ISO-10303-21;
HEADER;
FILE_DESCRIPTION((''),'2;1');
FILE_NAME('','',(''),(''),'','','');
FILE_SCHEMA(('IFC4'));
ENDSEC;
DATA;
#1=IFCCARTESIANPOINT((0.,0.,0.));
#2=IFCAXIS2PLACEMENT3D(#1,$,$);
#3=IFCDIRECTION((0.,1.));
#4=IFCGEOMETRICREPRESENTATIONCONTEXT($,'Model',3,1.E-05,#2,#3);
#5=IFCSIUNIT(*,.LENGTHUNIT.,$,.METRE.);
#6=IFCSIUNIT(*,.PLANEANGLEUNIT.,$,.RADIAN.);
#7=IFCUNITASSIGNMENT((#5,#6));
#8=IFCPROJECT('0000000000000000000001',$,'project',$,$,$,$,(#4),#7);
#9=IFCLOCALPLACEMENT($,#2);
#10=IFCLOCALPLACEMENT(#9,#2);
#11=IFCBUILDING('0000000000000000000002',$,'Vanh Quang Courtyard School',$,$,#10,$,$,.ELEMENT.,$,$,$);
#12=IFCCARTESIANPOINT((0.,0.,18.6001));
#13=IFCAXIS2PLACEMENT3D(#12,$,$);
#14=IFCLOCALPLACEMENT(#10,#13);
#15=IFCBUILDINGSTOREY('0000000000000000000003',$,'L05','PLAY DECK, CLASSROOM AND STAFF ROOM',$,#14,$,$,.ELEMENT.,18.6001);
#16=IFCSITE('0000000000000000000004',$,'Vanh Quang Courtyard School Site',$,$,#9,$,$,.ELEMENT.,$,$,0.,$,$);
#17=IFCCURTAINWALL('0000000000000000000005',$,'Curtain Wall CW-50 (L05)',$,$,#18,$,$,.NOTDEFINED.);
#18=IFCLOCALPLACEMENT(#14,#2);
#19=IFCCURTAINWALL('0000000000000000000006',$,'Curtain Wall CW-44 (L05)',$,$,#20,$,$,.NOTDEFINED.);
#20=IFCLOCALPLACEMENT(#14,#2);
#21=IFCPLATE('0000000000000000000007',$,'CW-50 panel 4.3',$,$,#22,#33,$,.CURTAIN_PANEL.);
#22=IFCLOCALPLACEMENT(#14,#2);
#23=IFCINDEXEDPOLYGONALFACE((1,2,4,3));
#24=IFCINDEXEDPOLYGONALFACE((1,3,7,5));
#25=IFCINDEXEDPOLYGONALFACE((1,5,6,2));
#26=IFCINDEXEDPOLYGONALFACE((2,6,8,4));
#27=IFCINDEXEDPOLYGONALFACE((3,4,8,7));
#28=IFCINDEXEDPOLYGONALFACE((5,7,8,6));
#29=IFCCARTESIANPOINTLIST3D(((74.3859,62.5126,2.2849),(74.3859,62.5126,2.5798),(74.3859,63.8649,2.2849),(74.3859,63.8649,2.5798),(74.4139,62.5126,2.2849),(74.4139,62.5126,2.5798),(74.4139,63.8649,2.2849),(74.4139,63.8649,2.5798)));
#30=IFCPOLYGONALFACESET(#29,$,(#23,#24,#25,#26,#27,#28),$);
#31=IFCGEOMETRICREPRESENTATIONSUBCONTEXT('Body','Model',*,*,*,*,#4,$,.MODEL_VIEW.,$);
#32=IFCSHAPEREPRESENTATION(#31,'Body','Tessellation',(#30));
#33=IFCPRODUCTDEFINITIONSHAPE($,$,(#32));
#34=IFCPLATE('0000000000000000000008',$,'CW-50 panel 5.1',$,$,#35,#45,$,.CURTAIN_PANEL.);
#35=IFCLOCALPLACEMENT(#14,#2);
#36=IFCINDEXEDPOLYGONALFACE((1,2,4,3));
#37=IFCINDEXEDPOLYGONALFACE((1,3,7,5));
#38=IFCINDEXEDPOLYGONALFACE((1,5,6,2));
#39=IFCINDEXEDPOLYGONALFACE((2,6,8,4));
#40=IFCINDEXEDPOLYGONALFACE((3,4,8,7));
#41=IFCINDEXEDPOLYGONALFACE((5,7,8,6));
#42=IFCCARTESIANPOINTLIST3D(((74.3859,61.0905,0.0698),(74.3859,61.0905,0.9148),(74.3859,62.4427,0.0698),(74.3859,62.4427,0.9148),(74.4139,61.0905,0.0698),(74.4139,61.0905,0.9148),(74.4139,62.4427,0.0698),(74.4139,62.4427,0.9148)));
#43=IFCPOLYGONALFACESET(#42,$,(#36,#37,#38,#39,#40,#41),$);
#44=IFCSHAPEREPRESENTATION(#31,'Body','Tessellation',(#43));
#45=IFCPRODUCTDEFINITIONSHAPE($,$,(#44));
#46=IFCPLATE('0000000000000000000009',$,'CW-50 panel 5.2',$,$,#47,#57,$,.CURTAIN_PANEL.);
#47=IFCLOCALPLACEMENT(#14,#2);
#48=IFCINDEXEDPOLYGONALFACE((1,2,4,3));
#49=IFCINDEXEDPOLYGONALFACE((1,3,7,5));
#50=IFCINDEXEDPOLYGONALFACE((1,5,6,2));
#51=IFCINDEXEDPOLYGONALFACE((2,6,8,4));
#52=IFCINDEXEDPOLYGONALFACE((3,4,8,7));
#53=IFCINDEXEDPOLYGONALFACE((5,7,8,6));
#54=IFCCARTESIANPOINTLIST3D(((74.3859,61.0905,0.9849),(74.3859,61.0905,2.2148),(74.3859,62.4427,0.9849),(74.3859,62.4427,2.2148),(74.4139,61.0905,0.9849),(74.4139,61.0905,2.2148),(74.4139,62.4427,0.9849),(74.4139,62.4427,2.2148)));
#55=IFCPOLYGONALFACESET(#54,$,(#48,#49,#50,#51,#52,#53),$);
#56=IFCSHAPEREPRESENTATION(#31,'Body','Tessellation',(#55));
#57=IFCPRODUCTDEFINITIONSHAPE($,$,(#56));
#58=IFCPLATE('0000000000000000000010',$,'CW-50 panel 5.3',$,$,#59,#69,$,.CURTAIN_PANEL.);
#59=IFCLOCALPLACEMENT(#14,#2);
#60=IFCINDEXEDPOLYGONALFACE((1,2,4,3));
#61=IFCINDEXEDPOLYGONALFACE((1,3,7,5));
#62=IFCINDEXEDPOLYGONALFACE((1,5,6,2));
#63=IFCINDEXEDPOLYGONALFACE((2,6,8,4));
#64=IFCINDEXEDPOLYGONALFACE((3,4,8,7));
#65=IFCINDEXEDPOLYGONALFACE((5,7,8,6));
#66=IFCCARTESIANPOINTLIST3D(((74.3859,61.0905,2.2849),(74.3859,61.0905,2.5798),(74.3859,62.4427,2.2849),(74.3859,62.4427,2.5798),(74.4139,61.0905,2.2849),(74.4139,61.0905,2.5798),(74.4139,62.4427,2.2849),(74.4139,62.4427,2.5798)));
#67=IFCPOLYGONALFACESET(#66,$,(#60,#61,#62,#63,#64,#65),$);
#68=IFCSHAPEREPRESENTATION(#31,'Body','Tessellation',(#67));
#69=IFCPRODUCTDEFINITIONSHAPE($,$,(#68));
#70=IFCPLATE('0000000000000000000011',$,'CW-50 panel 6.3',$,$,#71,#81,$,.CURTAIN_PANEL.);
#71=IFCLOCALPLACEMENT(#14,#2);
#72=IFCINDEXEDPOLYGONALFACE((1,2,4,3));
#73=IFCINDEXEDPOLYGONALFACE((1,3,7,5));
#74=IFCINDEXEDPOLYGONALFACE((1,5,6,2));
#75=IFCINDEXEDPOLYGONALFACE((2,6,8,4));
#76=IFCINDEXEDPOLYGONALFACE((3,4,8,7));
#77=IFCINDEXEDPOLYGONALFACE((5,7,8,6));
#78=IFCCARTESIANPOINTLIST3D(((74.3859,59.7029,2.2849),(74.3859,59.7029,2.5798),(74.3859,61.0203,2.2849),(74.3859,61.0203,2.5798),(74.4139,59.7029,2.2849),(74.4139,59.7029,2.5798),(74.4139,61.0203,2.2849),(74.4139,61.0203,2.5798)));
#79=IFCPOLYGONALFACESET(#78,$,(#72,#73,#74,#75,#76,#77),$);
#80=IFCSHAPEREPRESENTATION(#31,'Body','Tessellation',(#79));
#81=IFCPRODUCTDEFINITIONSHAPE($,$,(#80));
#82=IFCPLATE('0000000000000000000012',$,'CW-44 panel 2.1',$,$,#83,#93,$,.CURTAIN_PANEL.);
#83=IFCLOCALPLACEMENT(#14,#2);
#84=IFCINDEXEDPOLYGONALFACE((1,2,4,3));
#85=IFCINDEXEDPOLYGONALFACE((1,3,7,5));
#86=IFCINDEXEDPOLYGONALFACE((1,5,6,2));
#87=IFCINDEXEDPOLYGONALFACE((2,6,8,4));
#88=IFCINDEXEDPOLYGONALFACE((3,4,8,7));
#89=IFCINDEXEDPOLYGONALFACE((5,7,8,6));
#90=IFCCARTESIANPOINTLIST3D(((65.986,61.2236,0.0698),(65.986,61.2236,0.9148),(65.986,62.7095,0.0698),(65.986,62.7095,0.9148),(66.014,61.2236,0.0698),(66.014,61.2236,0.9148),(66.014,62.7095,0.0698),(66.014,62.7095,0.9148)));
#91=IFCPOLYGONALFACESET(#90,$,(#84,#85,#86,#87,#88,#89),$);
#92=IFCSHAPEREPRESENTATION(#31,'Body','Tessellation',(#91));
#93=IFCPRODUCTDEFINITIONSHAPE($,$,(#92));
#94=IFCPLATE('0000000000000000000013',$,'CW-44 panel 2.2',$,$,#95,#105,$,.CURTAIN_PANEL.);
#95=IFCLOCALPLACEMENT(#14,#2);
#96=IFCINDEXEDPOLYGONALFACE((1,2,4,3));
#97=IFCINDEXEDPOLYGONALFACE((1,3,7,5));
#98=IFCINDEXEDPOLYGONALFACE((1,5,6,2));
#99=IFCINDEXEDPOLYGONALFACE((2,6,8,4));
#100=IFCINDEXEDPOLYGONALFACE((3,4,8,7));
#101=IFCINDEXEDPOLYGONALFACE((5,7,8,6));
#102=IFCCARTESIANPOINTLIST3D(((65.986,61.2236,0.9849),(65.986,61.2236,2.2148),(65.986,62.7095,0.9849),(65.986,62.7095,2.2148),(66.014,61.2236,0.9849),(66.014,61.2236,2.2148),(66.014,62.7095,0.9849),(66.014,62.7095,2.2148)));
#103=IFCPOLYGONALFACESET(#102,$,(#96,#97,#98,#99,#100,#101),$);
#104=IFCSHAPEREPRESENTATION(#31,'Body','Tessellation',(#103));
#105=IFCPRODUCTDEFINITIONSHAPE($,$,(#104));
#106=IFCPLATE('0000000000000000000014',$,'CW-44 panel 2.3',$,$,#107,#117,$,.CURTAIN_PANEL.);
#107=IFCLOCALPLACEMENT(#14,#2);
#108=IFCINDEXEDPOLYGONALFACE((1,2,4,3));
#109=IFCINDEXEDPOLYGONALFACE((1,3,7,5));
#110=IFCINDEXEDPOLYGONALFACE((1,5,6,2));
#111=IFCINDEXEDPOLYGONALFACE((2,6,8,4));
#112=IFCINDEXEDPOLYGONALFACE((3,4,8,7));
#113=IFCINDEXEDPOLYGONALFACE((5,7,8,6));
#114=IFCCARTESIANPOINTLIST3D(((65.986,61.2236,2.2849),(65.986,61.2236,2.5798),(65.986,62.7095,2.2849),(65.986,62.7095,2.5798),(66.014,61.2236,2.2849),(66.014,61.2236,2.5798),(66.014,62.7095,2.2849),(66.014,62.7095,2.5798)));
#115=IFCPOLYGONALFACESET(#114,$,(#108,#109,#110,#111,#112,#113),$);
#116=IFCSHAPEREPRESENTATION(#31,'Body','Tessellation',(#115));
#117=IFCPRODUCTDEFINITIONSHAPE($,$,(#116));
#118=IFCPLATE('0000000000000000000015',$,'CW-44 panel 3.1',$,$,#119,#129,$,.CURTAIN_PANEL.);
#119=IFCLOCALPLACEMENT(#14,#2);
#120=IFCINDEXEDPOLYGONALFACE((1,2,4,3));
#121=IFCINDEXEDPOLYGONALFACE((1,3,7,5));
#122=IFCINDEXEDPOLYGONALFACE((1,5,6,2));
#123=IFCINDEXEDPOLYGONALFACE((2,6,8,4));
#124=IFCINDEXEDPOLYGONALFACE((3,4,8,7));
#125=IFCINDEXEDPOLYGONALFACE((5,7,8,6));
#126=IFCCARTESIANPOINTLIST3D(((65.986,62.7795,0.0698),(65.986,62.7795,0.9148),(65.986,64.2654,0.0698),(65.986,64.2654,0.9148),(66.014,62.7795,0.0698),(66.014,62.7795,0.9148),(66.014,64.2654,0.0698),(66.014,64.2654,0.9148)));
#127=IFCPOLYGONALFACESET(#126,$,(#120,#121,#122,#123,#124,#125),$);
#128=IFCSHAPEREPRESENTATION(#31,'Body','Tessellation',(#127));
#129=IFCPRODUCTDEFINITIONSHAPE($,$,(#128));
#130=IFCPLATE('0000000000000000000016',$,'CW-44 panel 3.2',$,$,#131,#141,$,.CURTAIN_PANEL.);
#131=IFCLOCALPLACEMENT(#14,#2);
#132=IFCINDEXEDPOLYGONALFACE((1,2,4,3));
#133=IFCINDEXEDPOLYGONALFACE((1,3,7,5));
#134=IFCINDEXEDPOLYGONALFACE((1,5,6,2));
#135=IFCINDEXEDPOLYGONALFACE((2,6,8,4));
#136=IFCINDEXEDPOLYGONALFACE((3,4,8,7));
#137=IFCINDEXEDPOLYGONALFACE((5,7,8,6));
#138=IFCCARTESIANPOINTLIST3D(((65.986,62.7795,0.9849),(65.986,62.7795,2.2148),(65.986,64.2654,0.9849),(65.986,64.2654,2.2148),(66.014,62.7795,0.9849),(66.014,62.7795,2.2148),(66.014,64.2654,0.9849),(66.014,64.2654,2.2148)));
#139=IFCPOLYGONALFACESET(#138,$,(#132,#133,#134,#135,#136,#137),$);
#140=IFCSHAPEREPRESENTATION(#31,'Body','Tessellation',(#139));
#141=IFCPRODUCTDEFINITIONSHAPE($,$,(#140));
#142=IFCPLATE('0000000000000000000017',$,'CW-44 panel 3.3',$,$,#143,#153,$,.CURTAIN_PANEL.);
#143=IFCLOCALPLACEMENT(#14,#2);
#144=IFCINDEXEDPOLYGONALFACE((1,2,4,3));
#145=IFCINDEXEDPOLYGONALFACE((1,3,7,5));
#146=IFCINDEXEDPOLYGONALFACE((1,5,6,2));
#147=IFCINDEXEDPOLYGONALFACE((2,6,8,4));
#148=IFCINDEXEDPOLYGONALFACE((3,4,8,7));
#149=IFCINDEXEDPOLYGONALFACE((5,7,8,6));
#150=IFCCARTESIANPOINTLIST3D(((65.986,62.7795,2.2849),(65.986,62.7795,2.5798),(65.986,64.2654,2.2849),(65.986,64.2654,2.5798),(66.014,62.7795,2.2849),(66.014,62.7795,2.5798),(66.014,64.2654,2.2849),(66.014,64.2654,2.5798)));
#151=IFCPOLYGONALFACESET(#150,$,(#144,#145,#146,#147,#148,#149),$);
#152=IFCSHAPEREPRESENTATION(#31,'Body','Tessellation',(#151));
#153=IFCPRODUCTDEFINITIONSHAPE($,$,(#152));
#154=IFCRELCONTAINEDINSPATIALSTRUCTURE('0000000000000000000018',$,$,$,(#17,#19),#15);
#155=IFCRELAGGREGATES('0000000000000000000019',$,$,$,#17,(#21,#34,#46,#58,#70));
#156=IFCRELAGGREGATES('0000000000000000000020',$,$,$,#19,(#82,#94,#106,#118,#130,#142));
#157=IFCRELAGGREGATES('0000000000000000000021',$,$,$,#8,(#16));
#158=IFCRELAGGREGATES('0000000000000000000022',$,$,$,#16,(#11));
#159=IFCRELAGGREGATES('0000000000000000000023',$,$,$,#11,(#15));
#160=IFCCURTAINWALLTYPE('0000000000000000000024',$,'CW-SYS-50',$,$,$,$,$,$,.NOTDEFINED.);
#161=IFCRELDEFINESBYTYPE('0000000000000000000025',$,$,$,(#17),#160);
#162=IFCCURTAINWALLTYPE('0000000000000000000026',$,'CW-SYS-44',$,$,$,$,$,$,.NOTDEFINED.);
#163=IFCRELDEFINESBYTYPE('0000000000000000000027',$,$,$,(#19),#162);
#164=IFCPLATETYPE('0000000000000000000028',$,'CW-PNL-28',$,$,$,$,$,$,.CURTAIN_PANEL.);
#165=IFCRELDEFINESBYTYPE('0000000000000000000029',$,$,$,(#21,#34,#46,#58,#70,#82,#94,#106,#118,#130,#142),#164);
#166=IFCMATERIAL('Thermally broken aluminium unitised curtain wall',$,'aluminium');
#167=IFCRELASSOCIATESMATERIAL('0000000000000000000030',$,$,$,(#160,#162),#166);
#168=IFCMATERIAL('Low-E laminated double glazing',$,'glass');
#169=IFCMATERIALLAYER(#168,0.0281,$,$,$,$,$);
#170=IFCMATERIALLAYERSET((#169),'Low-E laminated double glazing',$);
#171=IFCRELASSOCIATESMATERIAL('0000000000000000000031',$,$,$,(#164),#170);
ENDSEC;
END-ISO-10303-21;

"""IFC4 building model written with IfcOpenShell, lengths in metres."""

from ifc_helpers import new_model, si_unit, direction, frame, origin, origin_2d, place, context, subcontext, project, spatial, rectangle, extrude, material, layer, layer_set, type_object, element, aggregate, save


model = new_model("IFC4")

# Units and contexts
model_context = context("Model", 3, precision=1e-05, world=origin(), true_north=direction((0.0, 1.0)))
body_context = subcontext(model_context, "Body", "Model", "MODEL_VIEW")
ifc_project = project(units=[si_unit("LENGTHUNIT", "METRE"), si_unit("PLANEANGLEUNIT", "RADIAN")], contexts=[model_context])

# Site, building, storey
site_placement = place(None, origin())
site = spatial("IfcSite", under=ifc_project, at=site_placement, Name="Vanh Quang Courtyard School Site", CompositionType="ELEMENT", RefElevation=0.0)
building_placement = place(site_placement, origin())
building = spatial("IfcBuilding", under=site, at=building_placement, Name="Vanh Quang Courtyard School", CompositionType="ELEMENT")
storey_placement = place(building_placement, frame((0.0, 0.0, 18.6001)))
storey = spatial("IfcBuildingStorey", under=building, at=storey_placement, Name="L05", Description="PLAY DECK, CLASSROOM AND STAFF ROOM", CompositionType="ELEMENT", Elevation=18.6001)

# Curtain walls
ifc_material_1 = material(Name="Thermally broken aluminium unitised curtain wall", Category="aluminium")
curtain_wall_type_1 = type_object("IfcCurtainWallType", Name="CW-SYS-50", PredefinedType="NOTDEFINED", material=ifc_material_1)
curtain_wall_1_placement = place(storey_placement, origin())
curtain_wall_1 = element("IfcCurtainWall", 1, at=curtain_wall_1_placement, inside=storey, type_object=curtain_wall_type_1, Name="Curtain Wall CW-50 (L05)", PredefinedType="NOTDEFINED")
curtain_wall_type_2 = type_object("IfcCurtainWallType", Name="CW-SYS-44", PredefinedType="NOTDEFINED", material=ifc_material_1)
curtain_wall_2_placement = place(storey_placement, origin())
curtain_wall_2 = element("IfcCurtainWall", 2, at=curtain_wall_2_placement, inside=storey, type_object=curtain_wall_type_2, Name="Curtain Wall CW-44 (L05)", PredefinedType="NOTDEFINED")

# Plates
ifc_material_2 = material(Name="Low-E laminated double glazing", Category="glass")
ifc_layer = layer(ifc_material_2, 0.0281)
ifc_layer_set = layer_set([ifc_layer], Name="Low-E laminated double glazing")
plate_type = type_object("IfcPlateType", Name="CW-PNL-28", PredefinedType="CURTAIN_PANEL", material=ifc_layer_set)
plate_1_placement = place(storey_placement, frame((74.3999, 63.1887, 2.2849), z_axis=(0.0, 0.0, 1.0), x_axis=(0.0, -1.0, 0.0)))
plate_1 = element("IfcPlate", 3, at=plate_1_placement, type_object=plate_type, Name="CW-50 panel 4.3", PredefinedType="CURTAIN_PANEL", context=body_context, shape_type="SweptSolid", body=[
    extrude(rectangle(XDim=1.3523, YDim=0.0281, at=origin_2d()), origin(), (0.0, 0.0, 1.0), 0.2949),
])
plate_2_placement = place(storey_placement, frame((74.3999, 61.7666, 0.0698), z_axis=(0.0, 0.0, 1.0), x_axis=(0.0, -1.0, 0.0)))
plate_2 = element("IfcPlate", 4, at=plate_2_placement, type_object=plate_type, Name="CW-50 panel 5.1", PredefinedType="CURTAIN_PANEL", context=body_context, shape_type="SweptSolid", body=[
    extrude(rectangle(XDim=1.3523, YDim=0.0281, at=origin_2d()), origin(), (0.0, 0.0, 1.0), 0.845),
])
plate_3_placement = place(storey_placement, frame((74.3999, 61.7666, 0.9849), z_axis=(0.0, 0.0, 1.0), x_axis=(0.0, -1.0, 0.0)))
plate_3 = element("IfcPlate", 5, at=plate_3_placement, type_object=plate_type, Name="CW-50 panel 5.2", PredefinedType="CURTAIN_PANEL", context=body_context, shape_type="SweptSolid", body=[
    extrude(rectangle(XDim=1.3523, YDim=0.0281, at=origin_2d()), origin(), (0.0, 0.0, 1.0), 1.23),
])
plate_4_placement = place(storey_placement, frame((74.3999, 61.7666, 2.2849), z_axis=(0.0, 0.0, 1.0), x_axis=(0.0, -1.0, 0.0)))
plate_4 = element("IfcPlate", 6, at=plate_4_placement, type_object=plate_type, Name="CW-50 panel 5.3", PredefinedType="CURTAIN_PANEL", context=body_context, shape_type="SweptSolid", body=[
    extrude(rectangle(XDim=1.3523, YDim=0.0281, at=origin_2d()), origin(), (0.0, 0.0, 1.0), 0.2949),
])
plate_5_placement = place(storey_placement, frame((74.3999, 60.3616, 2.2849), z_axis=(0.0, 0.0, 1.0), x_axis=(0.0, -1.0, 0.0)))
plate_5 = element("IfcPlate", 7, at=plate_5_placement, type_object=plate_type, Name="CW-50 panel 6.3", PredefinedType="CURTAIN_PANEL", context=body_context, shape_type="SweptSolid", body=[
    extrude(rectangle(XDim=1.3174, YDim=0.0281, at=origin_2d()), origin(), (0.0, 0.0, 1.0), 0.2949),
])
aggregate(curtain_wall_1, [plate_1, plate_2, plate_3, plate_4, plate_5])
plate_6_placement = place(storey_placement, frame((66.0, 61.9666, 0.0698), z_axis=(0.0, 0.0, 1.0), x_axis=(0.0, 1.0, 0.0)))
plate_6 = element("IfcPlate", 8, at=plate_6_placement, type_object=plate_type, Name="CW-44 panel 2.1", PredefinedType="CURTAIN_PANEL", context=body_context, shape_type="SweptSolid", body=[
    extrude(rectangle(XDim=1.4858, YDim=0.0281, at=origin_2d()), origin(), (0.0, 0.0, 1.0), 0.845),
])
plate_7_placement = place(storey_placement, frame((66.0, 61.9666, 0.9849), z_axis=(0.0, 0.0, 1.0), x_axis=(0.0, 1.0, 0.0)))
plate_7 = element("IfcPlate", 9, at=plate_7_placement, type_object=plate_type, Name="CW-44 panel 2.2", PredefinedType="CURTAIN_PANEL", context=body_context, shape_type="SweptSolid", body=[
    extrude(rectangle(XDim=1.4858, YDim=0.0281, at=origin_2d()), origin(), (0.0, 0.0, 1.0), 1.23),
])
plate_8_placement = place(storey_placement, frame((66.0, 61.9666, 2.2849), z_axis=(0.0, 0.0, 1.0), x_axis=(0.0, 1.0, 0.0)))
plate_8 = element("IfcPlate", 10, at=plate_8_placement, type_object=plate_type, Name="CW-44 panel 2.3", PredefinedType="CURTAIN_PANEL", context=body_context, shape_type="SweptSolid", body=[
    extrude(rectangle(XDim=1.4858, YDim=0.0281, at=origin_2d()), origin(), (0.0, 0.0, 1.0), 0.2949),
])
plate_9_placement = place(storey_placement, frame((66.0, 63.5225, 0.0698), z_axis=(0.0, 0.0, 1.0), x_axis=(0.0, 1.0, 0.0)))
plate_9 = element("IfcPlate", 11, at=plate_9_placement, type_object=plate_type, Name="CW-44 panel 3.1", PredefinedType="CURTAIN_PANEL", context=body_context, shape_type="SweptSolid", body=[
    extrude(rectangle(XDim=1.4858, YDim=0.0281, at=origin_2d()), origin(), (0.0, 0.0, 1.0), 0.845),
])
plate_10_placement = place(storey_placement, frame((66.0, 63.5225, 0.9849), z_axis=(0.0, 0.0, 1.0), x_axis=(0.0, 1.0, 0.0)))
plate_10 = element("IfcPlate", 12, at=plate_10_placement, type_object=plate_type, Name="CW-44 panel 3.2", PredefinedType="CURTAIN_PANEL", context=body_context, shape_type="SweptSolid", body=[
    extrude(rectangle(XDim=1.4858, YDim=0.0281, at=origin_2d()), origin(), (0.0, 0.0, 1.0), 1.23),
])
plate_11_placement = place(storey_placement, frame((66.0, 63.5225, 2.2849), z_axis=(0.0, 0.0, 1.0), x_axis=(0.0, 1.0, 0.0)))
plate_11 = element("IfcPlate", 13, at=plate_11_placement, type_object=plate_type, Name="CW-44 panel 3.3", PredefinedType="CURTAIN_PANEL", context=body_context, shape_type="SweptSolid", body=[
    extrude(rectangle(XDim=1.4858, YDim=0.0281, at=origin_2d()), origin(), (0.0, 0.0, 1.0), 0.2949),
])
aggregate(curtain_wall_2, [plate_6, plate_7, plate_8, plate_9, plate_10, plate_11])

save(model, "model.ifc")
